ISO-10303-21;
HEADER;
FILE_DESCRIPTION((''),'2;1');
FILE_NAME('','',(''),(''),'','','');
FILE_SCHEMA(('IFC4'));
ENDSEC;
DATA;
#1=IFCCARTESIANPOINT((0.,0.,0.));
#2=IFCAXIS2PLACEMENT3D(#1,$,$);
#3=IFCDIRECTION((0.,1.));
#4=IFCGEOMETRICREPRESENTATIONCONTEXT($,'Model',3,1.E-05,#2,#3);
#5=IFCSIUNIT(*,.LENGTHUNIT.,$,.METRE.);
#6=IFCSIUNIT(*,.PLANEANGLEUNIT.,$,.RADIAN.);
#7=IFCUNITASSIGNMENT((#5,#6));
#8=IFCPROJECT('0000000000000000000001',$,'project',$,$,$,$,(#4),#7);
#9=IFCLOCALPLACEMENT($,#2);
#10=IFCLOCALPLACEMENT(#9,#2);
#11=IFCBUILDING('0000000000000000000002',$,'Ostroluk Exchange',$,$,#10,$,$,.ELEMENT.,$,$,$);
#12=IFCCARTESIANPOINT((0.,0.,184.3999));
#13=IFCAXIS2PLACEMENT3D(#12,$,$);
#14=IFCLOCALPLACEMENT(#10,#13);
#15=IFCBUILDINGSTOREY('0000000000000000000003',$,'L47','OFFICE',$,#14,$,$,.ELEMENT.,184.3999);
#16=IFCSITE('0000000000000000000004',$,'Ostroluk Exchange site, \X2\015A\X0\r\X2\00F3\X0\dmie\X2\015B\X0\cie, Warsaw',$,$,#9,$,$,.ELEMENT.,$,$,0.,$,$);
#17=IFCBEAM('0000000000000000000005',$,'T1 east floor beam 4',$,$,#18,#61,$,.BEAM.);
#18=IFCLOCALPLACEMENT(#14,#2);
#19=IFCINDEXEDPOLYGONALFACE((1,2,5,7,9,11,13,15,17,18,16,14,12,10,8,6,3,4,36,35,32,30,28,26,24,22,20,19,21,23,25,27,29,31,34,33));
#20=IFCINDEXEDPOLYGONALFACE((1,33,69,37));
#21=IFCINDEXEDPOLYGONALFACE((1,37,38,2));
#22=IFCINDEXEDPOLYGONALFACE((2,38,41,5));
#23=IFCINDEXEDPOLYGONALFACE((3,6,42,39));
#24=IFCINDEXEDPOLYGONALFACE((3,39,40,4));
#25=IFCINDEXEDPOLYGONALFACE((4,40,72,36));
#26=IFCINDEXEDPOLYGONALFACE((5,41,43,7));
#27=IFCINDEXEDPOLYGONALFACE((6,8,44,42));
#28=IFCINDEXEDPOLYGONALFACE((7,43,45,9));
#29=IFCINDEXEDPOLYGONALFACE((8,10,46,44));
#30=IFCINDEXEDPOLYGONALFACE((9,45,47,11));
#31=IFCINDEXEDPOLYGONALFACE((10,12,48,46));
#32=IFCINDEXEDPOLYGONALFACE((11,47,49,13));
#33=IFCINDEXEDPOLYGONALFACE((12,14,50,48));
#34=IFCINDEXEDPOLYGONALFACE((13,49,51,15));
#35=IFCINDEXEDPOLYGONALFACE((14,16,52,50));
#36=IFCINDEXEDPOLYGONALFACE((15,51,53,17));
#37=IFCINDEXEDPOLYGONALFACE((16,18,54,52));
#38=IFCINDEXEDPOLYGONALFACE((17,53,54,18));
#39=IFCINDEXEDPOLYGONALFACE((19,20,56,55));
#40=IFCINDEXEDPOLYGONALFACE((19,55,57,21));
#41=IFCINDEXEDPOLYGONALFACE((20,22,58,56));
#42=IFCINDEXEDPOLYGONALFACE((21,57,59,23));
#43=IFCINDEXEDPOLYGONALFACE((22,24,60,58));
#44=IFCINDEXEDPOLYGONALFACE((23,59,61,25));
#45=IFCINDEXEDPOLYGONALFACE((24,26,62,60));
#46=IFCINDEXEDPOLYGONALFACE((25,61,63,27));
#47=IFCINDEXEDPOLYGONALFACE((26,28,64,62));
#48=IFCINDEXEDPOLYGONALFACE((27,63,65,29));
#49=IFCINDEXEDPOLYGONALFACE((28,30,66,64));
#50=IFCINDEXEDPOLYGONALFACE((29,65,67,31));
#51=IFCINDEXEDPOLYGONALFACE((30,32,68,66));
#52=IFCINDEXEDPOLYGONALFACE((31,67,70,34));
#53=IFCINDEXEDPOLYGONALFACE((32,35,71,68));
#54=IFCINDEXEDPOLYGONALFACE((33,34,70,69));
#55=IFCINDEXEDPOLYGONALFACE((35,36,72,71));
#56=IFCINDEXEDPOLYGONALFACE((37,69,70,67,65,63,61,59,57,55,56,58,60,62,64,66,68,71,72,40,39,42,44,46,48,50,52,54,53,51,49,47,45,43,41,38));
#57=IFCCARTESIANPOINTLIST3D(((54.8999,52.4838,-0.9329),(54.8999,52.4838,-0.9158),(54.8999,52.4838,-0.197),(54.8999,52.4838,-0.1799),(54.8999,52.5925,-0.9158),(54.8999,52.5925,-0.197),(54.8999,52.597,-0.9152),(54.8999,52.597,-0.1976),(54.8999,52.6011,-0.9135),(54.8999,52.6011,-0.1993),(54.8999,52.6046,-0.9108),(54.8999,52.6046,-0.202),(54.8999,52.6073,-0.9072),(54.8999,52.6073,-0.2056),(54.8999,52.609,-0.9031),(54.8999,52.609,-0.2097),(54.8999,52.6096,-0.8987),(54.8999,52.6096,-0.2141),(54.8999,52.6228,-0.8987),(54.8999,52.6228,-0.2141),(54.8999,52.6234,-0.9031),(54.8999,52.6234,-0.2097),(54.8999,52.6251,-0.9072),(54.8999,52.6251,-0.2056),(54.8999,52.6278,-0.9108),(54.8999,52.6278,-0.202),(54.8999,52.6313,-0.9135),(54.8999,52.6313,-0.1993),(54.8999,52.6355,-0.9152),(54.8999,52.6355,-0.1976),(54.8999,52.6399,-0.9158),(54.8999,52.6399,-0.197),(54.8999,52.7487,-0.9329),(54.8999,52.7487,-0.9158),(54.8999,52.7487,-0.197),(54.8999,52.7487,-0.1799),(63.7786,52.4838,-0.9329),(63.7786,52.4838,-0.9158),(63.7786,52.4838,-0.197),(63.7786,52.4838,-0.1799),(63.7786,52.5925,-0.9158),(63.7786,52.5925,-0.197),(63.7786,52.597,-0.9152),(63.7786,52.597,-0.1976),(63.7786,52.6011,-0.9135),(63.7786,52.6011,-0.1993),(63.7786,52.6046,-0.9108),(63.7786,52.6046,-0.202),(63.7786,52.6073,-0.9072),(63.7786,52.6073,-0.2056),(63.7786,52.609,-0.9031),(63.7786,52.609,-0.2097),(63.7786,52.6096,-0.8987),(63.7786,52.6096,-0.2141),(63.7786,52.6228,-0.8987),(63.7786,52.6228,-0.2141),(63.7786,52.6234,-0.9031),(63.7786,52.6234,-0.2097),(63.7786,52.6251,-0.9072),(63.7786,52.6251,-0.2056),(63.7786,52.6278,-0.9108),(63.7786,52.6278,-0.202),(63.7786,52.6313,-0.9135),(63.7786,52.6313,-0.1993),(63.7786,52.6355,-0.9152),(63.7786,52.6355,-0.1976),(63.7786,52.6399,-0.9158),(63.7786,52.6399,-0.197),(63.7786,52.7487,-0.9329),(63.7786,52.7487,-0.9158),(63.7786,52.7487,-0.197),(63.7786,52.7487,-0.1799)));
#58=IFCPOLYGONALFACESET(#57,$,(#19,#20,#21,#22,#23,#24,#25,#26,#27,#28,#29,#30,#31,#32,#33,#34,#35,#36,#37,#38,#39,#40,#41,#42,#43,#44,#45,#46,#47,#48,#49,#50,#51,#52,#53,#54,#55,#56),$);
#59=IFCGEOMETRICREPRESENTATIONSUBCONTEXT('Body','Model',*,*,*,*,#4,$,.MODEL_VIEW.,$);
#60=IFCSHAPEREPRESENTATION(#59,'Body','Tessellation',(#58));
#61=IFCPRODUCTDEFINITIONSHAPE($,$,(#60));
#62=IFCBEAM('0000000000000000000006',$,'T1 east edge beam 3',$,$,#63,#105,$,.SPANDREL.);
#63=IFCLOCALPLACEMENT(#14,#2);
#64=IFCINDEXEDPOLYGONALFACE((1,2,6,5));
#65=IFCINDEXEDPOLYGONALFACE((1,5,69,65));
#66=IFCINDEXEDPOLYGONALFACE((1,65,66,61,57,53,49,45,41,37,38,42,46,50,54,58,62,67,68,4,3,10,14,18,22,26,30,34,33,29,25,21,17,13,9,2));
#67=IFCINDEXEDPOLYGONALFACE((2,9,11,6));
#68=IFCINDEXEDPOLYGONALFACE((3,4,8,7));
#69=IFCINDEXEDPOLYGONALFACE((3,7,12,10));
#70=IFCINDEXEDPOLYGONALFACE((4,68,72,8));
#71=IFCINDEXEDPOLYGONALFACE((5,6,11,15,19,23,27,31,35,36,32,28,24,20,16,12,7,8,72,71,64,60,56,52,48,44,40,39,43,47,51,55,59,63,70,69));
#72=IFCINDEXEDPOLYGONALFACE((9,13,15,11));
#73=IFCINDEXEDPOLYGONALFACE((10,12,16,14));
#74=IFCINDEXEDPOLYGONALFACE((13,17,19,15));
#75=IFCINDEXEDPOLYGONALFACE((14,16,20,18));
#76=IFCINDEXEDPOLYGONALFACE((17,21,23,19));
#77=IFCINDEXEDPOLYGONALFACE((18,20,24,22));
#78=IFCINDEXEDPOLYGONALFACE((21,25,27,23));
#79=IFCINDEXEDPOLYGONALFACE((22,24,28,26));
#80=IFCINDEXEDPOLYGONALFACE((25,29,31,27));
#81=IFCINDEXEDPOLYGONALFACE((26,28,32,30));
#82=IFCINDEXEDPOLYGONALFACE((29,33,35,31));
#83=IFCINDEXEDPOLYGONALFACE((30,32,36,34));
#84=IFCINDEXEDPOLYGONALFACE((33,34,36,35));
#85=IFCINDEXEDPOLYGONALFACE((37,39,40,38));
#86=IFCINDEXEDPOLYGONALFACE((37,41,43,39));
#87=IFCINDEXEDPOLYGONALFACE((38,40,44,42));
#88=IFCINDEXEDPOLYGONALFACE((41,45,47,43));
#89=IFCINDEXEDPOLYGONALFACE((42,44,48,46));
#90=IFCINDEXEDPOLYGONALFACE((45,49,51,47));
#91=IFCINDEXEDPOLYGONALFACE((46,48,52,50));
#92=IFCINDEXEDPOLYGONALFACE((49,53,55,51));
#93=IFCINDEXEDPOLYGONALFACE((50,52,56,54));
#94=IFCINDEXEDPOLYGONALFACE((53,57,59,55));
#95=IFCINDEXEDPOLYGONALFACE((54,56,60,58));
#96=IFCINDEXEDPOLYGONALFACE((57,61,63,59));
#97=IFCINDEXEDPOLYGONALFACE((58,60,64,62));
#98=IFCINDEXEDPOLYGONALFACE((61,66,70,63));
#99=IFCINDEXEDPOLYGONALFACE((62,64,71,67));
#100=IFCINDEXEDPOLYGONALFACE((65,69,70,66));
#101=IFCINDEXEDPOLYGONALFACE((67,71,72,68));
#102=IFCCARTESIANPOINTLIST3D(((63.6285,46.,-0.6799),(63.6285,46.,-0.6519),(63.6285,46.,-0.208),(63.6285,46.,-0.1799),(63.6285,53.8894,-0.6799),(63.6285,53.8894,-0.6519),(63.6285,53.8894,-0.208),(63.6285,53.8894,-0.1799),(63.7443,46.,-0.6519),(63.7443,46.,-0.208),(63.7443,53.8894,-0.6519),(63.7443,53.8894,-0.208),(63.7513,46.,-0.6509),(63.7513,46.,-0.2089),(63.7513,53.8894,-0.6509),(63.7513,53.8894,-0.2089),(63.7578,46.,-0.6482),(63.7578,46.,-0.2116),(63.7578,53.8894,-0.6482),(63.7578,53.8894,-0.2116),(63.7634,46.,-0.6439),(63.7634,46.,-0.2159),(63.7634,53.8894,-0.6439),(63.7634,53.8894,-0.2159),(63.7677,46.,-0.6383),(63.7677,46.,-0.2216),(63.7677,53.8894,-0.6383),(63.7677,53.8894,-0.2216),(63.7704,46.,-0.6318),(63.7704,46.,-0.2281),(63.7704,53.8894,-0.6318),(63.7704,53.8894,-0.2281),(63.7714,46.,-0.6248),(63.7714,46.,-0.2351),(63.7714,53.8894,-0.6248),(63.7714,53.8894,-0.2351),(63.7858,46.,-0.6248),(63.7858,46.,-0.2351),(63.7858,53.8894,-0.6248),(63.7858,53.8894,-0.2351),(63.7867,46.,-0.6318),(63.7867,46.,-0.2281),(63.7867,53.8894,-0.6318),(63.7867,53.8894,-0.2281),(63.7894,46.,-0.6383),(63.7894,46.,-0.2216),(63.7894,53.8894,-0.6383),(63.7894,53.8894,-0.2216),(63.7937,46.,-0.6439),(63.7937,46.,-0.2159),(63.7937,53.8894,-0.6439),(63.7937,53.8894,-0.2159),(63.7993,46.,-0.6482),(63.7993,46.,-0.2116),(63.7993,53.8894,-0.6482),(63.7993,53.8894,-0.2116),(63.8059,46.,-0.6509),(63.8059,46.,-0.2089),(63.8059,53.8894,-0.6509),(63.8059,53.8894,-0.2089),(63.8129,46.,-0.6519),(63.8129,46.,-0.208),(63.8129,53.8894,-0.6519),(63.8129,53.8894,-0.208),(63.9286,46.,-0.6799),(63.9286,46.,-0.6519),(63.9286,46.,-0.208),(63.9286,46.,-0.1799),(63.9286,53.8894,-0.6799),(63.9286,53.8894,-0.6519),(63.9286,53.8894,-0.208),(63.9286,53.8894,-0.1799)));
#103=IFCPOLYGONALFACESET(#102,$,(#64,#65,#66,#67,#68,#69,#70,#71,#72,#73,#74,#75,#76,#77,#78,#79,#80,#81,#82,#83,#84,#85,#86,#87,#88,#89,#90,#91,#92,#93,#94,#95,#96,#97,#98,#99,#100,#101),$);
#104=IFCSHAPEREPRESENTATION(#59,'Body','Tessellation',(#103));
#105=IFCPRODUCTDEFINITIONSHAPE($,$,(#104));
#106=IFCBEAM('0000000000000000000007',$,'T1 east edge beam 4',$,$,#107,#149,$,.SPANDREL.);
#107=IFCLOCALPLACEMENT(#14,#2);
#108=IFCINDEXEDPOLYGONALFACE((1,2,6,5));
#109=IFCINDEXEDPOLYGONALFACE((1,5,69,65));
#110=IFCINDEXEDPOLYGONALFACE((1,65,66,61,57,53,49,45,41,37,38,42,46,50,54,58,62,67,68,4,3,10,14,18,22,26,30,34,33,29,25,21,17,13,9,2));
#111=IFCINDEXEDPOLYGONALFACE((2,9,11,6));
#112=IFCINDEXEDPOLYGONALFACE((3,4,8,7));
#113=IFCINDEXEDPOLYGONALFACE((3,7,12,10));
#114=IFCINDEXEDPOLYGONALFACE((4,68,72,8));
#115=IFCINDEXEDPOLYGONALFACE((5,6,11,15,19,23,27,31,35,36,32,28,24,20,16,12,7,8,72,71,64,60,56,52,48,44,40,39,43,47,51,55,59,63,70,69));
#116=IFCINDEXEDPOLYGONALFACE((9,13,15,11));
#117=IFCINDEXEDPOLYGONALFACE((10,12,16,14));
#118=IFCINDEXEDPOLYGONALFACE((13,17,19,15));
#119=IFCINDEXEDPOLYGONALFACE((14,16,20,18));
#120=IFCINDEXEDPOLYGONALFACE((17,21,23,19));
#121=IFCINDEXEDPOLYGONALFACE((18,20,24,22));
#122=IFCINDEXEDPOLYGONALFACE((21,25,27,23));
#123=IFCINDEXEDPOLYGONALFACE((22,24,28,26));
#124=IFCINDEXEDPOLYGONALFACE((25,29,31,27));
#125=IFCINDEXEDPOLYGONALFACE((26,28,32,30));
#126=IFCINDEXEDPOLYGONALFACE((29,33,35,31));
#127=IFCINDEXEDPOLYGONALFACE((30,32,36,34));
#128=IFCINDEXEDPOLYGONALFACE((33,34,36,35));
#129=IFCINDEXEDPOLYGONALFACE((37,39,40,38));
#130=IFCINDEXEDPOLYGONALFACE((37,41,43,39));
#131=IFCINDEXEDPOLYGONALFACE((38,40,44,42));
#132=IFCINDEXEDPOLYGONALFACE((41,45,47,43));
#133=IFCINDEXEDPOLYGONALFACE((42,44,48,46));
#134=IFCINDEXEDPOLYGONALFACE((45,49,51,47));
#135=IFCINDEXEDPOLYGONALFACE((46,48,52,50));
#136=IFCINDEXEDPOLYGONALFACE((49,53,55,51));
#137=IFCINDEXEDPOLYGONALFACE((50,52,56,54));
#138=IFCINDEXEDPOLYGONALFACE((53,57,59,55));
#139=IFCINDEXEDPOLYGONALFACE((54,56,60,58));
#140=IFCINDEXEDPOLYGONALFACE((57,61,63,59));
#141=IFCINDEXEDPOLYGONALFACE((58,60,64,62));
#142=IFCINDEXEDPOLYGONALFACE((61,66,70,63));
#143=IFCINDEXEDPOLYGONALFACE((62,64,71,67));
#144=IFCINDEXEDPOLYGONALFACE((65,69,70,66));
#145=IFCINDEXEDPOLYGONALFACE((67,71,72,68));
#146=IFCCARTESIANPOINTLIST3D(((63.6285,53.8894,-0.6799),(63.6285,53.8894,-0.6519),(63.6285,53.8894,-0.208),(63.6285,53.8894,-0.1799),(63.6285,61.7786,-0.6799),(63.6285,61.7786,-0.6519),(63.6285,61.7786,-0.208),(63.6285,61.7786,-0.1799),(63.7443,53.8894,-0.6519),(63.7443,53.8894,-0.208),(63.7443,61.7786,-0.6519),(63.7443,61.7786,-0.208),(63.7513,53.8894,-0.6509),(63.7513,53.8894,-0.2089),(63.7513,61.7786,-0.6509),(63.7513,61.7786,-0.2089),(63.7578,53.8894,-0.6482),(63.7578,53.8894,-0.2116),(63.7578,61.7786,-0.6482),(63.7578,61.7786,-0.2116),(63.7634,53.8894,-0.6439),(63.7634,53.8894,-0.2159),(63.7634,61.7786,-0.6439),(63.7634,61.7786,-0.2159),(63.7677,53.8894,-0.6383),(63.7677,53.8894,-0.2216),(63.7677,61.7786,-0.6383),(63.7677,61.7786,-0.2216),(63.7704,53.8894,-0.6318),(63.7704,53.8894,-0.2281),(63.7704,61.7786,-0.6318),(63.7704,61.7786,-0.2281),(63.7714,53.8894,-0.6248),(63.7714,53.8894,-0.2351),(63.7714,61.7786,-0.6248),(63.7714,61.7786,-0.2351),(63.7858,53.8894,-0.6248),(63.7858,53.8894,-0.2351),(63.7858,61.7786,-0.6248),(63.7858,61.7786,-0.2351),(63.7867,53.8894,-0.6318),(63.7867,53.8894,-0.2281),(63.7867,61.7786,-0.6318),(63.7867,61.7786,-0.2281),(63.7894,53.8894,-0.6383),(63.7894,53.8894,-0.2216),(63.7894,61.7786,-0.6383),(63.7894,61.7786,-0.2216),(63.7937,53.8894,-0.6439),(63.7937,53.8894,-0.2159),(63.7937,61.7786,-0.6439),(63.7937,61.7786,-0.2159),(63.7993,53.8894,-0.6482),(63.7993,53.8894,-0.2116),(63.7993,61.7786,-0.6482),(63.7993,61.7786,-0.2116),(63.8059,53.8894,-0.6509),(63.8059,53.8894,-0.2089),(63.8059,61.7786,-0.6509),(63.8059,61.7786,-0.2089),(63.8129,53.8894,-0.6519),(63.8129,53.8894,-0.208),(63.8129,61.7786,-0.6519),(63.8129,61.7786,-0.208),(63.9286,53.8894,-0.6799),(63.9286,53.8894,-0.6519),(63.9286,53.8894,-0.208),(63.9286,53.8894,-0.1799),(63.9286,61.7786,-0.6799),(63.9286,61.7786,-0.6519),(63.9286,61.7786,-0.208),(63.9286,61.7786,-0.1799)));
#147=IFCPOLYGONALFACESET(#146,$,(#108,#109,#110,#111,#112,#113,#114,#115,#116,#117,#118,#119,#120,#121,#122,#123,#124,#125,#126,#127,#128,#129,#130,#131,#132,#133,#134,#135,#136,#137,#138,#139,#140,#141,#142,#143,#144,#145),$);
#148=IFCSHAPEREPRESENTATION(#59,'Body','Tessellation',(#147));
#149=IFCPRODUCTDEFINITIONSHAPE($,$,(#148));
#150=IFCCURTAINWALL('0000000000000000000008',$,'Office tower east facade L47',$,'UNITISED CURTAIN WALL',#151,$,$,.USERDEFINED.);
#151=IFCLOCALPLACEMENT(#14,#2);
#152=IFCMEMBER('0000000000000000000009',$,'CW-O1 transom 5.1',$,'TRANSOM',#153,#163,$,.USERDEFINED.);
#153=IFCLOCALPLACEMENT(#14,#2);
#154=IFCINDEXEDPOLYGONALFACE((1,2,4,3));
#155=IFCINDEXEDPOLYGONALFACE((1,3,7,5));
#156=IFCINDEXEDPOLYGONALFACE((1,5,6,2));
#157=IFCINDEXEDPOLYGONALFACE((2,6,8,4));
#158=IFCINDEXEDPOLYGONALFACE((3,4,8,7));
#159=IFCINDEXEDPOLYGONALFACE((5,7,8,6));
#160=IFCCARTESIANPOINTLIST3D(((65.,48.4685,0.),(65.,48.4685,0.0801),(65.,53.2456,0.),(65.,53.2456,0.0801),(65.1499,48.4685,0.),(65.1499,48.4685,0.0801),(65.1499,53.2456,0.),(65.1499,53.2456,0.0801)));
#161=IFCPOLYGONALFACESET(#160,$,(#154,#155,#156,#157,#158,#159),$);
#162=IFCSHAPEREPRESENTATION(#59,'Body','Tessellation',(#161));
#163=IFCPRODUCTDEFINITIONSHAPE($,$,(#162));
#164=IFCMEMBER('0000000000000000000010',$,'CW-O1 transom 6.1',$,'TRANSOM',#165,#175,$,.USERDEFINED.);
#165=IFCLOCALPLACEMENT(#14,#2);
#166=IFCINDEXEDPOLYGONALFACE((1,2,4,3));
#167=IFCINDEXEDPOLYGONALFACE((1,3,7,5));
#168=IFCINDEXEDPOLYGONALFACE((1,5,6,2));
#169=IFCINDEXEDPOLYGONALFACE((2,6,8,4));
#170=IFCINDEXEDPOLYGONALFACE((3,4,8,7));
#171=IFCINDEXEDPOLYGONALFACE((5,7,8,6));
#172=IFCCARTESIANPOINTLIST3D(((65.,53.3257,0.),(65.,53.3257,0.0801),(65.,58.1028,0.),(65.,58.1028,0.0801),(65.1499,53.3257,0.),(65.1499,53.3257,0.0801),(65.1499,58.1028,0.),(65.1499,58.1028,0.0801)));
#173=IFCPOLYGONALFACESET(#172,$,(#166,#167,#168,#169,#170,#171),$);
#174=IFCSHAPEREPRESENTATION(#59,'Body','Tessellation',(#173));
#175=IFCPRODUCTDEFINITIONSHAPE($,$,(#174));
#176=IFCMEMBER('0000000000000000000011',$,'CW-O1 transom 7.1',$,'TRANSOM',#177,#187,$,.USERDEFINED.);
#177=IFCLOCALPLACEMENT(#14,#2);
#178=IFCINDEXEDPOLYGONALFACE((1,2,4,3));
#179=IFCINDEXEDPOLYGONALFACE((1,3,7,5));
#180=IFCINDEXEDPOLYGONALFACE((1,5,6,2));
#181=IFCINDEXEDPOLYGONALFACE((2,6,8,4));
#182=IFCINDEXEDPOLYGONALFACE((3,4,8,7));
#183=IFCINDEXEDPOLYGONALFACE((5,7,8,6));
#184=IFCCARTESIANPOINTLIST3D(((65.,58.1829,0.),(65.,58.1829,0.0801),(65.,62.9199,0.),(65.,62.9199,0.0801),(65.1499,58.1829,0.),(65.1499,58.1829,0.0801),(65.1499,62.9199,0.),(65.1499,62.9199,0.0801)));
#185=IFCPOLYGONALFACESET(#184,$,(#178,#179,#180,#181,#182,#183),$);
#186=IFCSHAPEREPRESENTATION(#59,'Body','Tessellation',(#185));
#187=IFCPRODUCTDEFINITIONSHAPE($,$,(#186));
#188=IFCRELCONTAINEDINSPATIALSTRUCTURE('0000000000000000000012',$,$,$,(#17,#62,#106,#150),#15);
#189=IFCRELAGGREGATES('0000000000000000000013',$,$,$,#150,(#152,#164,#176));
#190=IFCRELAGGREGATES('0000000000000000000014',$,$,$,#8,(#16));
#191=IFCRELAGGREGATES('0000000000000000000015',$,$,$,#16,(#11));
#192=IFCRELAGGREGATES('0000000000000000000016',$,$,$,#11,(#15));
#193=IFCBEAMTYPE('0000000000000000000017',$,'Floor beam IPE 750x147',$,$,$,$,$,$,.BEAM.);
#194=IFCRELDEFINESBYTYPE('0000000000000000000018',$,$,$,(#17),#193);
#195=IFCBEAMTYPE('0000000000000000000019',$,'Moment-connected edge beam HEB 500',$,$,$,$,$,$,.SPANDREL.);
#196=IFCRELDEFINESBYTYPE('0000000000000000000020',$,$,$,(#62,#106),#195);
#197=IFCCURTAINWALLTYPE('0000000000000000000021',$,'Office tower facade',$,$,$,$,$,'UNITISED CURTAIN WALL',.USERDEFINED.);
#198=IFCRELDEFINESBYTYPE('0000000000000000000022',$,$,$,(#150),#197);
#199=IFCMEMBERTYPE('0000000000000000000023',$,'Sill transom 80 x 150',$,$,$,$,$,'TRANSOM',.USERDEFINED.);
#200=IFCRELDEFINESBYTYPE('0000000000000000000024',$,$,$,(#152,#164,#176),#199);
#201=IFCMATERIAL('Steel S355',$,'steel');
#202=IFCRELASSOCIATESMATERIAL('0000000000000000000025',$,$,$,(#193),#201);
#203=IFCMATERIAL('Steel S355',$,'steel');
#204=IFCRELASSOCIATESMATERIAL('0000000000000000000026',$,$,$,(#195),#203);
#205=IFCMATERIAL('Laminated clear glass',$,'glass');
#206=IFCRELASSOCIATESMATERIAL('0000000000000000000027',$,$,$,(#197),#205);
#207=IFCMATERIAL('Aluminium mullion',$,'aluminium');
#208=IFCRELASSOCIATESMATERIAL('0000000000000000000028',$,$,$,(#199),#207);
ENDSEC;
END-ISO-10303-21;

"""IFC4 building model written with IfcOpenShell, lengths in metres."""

from ifc_helpers import new_model, si_unit, direction, frame, origin, origin_2d, place, context, subcontext, project, spatial, rectangle, i_section, extrude, material, material_profile, profile_set, type_object, element, aggregate, save


model = new_model("IFC4")

# Units and contexts
model_context = context("Model", 3, precision=1e-05, world=origin(), true_north=direction((0.0, 1.0)))
body_context = subcontext(model_context, "Body", "Model", "MODEL_VIEW")
ifc_project = project(units=[si_unit("LENGTHUNIT", "METRE"), si_unit("PLANEANGLEUNIT", "RADIAN")], contexts=[model_context])

# Site, building, storey
site_placement = place(None, origin())
site = spatial("IfcSite", under=ifc_project, at=site_placement, Name="Ostroluk Exchange site, Śródmieście, Warsaw", CompositionType="ELEMENT", RefElevation=0.0)
building_placement = place(site_placement, origin())
building = spatial("IfcBuilding", under=site, at=building_placement, Name="Ostroluk Exchange", CompositionType="ELEMENT")
storey_placement = place(building_placement, frame((0.0, 0.0, 184.3999)))
storey = spatial("IfcBuildingStorey", under=building, at=storey_placement, Name="L47", Description="OFFICE", CompositionType="ELEMENT", Elevation=184.3999)

# Beams
ifc_material_1 = material(Name="Steel S355", Category="steel")
ifc_material_profile_1 = material_profile(ifc_material_1, i_section(OverallWidth=0.2649, OverallDepth=0.7529, WebThickness=0.0132, FlangeThickness=0.0171, FilletRadius=0.0171, at=origin_2d()), Name="IPE 750x147")
ifc_profile_set_1 = profile_set([ifc_material_profile_1], Name="Steel S355")
beam_type_1 = type_object("IfcBeamType", Name="Floor beam IPE 750x147", PredefinedType="BEAM", material=ifc_profile_set_1)
for number, where, z_axis, x_axis, name in (
    (1, (54.8999, 52.6162, -0.5564), (1.0, 0.0, 0.0), (0.0, 1.0, 0.0), "T1 east floor beam 4"),
):
    element("IfcBeam", number, at=place(storey_placement, frame(where, z_axis=z_axis, x_axis=x_axis)), inside=storey, type_object=beam_type_1, Name=name, PredefinedType="BEAM", context=body_context, shape_type="SweptSolid", body=[
        extrude(i_section(OverallWidth=0.2649, OverallDepth=0.7529, WebThickness=0.0132, FlangeThickness=0.0171, FilletRadius=0.0171, at=origin_2d()), origin(), (0.0, 0.0, 1.0), 8.8787),
    ])
ifc_material_2 = material(Name="Steel S355", Category="steel")
ifc_material_profile_2 = material_profile(ifc_material_2, i_section(OverallWidth=0.3, OverallDepth=0.5, WebThickness=0.0144, FlangeThickness=0.0281, FilletRadius=0.0271, at=origin_2d()), Name="HEB 500")
ifc_profile_set_2 = profile_set([ifc_material_profile_2], Name="Steel S355")
beam_type_2 = type_object("IfcBeamType", Name="Moment-connected edge beam HEB 500", PredefinedType="SPANDREL", material=ifc_profile_set_2)
beam_1_placement = place(storey_placement, frame((63.7786, 46.0, -0.4299), z_axis=(0.0, 1.0, 0.0), x_axis=(-1.0, 0.0, 0.0)))
element("IfcBeam", 2, at=beam_1_placement, inside=storey, type_object=beam_type_2, Name="T1 east edge beam 3", PredefinedType="SPANDREL", context=body_context, shape_type="SweptSolid", body=[
    extrude(i_section(OverallWidth=0.3, OverallDepth=0.5, WebThickness=0.0144, FlangeThickness=0.0281, FilletRadius=0.0271, at=origin_2d()), origin(), (0.0, 0.0, 1.0), 7.8894),
])
beam_2_placement = place(storey_placement, frame((63.7786, 53.8894, -0.4299), z_axis=(0.0, 1.0, 0.0), x_axis=(-1.0, 0.0, 0.0)))
element("IfcBeam", 3, at=beam_2_placement, inside=storey, type_object=beam_type_2, Name="T1 east edge beam 4", PredefinedType="SPANDREL", context=body_context, shape_type="SweptSolid", body=[
    extrude(i_section(OverallWidth=0.3, OverallDepth=0.5, WebThickness=0.0144, FlangeThickness=0.0281, FilletRadius=0.0271, at=origin_2d()), origin(), (0.0, 0.0, 1.0), 7.8892),
])

# Curtain wall, members
ifc_material_3 = material(Name="Laminated clear glass", Category="glass")
curtain_wall_type = type_object("IfcCurtainWallType", Name="Office tower facade", ElementType="UNITISED CURTAIN WALL", PredefinedType="USERDEFINED", material=ifc_material_3)
curtain_wall_placement = place(storey_placement, origin())
curtain_wall = element("IfcCurtainWall", 4, at=curtain_wall_placement, inside=storey, type_object=curtain_wall_type, Name="Office tower east facade L47", ObjectType="UNITISED CURTAIN WALL", PredefinedType="USERDEFINED")
ifc_material_4 = material(Name="Aluminium mullion", Category="aluminium")
ifc_material_profile_3 = material_profile(ifc_material_4, rectangle(XDim=0.1499, YDim=0.0801, at=origin_2d()), Name="Sill transom 80 x 150")
ifc_profile_set_3 = profile_set([ifc_material_profile_3], Name="Aluminium mullion")
member_type_1 = type_object("IfcMemberType", Name="Sill transom 80 x 150", ElementType="TRANSOM", PredefinedType="USERDEFINED", material=ifc_profile_set_3)
member_1_placement = place(storey_placement, frame((65.075, 48.4685, 0.04), z_axis=(0.0, 1.0, 0.0), x_axis=(-1.0, 0.0, 0.0)))
member_1 = element("IfcMember", 5, at=member_1_placement, type_object=member_type_1, Name="CW-O1 transom 5.1", ObjectType="TRANSOM", PredefinedType="USERDEFINED", context=body_context, shape_type="SweptSolid", body=[
    extrude(rectangle(XDim=0.1499, YDim=0.0801, at=origin_2d()), origin(), (0.0, 0.0, 1.0), 4.7771),
])
member_2_placement = place(storey_placement, frame((65.075, 53.3257, 0.04), z_axis=(0.0, 1.0, 0.0), x_axis=(-1.0, 0.0, 0.0)))
member_2 = element("IfcMember", 6, at=member_2_placement, type_object=member_type_1, Name="CW-O1 transom 6.1", ObjectType="TRANSOM", PredefinedType="USERDEFINED", context=body_context, shape_type="SweptSolid", body=[
    extrude(rectangle(XDim=0.1499, YDim=0.0801, at=origin_2d()), origin(), (0.0, 0.0, 1.0), 4.7771),
])
member_3_placement = place(storey_placement, frame((65.075, 58.1829, 0.04), z_axis=(0.0, 1.0, 0.0), x_axis=(-1.0, 0.0, 0.0)))
member_3 = element("IfcMember", 7, at=member_3_placement, type_object=member_type_1, Name="CW-O1 transom 7.1", ObjectType="TRANSOM", PredefinedType="USERDEFINED", context=body_context, shape_type="SweptSolid", body=[
    extrude(rectangle(XDim=0.1499, YDim=0.0801, at=origin_2d()), origin(), (0.0, 0.0, 1.0), 4.7371),
])
aggregate(curtain_wall, [member_1, member_2, member_3])

save(model, "model.ifc")
